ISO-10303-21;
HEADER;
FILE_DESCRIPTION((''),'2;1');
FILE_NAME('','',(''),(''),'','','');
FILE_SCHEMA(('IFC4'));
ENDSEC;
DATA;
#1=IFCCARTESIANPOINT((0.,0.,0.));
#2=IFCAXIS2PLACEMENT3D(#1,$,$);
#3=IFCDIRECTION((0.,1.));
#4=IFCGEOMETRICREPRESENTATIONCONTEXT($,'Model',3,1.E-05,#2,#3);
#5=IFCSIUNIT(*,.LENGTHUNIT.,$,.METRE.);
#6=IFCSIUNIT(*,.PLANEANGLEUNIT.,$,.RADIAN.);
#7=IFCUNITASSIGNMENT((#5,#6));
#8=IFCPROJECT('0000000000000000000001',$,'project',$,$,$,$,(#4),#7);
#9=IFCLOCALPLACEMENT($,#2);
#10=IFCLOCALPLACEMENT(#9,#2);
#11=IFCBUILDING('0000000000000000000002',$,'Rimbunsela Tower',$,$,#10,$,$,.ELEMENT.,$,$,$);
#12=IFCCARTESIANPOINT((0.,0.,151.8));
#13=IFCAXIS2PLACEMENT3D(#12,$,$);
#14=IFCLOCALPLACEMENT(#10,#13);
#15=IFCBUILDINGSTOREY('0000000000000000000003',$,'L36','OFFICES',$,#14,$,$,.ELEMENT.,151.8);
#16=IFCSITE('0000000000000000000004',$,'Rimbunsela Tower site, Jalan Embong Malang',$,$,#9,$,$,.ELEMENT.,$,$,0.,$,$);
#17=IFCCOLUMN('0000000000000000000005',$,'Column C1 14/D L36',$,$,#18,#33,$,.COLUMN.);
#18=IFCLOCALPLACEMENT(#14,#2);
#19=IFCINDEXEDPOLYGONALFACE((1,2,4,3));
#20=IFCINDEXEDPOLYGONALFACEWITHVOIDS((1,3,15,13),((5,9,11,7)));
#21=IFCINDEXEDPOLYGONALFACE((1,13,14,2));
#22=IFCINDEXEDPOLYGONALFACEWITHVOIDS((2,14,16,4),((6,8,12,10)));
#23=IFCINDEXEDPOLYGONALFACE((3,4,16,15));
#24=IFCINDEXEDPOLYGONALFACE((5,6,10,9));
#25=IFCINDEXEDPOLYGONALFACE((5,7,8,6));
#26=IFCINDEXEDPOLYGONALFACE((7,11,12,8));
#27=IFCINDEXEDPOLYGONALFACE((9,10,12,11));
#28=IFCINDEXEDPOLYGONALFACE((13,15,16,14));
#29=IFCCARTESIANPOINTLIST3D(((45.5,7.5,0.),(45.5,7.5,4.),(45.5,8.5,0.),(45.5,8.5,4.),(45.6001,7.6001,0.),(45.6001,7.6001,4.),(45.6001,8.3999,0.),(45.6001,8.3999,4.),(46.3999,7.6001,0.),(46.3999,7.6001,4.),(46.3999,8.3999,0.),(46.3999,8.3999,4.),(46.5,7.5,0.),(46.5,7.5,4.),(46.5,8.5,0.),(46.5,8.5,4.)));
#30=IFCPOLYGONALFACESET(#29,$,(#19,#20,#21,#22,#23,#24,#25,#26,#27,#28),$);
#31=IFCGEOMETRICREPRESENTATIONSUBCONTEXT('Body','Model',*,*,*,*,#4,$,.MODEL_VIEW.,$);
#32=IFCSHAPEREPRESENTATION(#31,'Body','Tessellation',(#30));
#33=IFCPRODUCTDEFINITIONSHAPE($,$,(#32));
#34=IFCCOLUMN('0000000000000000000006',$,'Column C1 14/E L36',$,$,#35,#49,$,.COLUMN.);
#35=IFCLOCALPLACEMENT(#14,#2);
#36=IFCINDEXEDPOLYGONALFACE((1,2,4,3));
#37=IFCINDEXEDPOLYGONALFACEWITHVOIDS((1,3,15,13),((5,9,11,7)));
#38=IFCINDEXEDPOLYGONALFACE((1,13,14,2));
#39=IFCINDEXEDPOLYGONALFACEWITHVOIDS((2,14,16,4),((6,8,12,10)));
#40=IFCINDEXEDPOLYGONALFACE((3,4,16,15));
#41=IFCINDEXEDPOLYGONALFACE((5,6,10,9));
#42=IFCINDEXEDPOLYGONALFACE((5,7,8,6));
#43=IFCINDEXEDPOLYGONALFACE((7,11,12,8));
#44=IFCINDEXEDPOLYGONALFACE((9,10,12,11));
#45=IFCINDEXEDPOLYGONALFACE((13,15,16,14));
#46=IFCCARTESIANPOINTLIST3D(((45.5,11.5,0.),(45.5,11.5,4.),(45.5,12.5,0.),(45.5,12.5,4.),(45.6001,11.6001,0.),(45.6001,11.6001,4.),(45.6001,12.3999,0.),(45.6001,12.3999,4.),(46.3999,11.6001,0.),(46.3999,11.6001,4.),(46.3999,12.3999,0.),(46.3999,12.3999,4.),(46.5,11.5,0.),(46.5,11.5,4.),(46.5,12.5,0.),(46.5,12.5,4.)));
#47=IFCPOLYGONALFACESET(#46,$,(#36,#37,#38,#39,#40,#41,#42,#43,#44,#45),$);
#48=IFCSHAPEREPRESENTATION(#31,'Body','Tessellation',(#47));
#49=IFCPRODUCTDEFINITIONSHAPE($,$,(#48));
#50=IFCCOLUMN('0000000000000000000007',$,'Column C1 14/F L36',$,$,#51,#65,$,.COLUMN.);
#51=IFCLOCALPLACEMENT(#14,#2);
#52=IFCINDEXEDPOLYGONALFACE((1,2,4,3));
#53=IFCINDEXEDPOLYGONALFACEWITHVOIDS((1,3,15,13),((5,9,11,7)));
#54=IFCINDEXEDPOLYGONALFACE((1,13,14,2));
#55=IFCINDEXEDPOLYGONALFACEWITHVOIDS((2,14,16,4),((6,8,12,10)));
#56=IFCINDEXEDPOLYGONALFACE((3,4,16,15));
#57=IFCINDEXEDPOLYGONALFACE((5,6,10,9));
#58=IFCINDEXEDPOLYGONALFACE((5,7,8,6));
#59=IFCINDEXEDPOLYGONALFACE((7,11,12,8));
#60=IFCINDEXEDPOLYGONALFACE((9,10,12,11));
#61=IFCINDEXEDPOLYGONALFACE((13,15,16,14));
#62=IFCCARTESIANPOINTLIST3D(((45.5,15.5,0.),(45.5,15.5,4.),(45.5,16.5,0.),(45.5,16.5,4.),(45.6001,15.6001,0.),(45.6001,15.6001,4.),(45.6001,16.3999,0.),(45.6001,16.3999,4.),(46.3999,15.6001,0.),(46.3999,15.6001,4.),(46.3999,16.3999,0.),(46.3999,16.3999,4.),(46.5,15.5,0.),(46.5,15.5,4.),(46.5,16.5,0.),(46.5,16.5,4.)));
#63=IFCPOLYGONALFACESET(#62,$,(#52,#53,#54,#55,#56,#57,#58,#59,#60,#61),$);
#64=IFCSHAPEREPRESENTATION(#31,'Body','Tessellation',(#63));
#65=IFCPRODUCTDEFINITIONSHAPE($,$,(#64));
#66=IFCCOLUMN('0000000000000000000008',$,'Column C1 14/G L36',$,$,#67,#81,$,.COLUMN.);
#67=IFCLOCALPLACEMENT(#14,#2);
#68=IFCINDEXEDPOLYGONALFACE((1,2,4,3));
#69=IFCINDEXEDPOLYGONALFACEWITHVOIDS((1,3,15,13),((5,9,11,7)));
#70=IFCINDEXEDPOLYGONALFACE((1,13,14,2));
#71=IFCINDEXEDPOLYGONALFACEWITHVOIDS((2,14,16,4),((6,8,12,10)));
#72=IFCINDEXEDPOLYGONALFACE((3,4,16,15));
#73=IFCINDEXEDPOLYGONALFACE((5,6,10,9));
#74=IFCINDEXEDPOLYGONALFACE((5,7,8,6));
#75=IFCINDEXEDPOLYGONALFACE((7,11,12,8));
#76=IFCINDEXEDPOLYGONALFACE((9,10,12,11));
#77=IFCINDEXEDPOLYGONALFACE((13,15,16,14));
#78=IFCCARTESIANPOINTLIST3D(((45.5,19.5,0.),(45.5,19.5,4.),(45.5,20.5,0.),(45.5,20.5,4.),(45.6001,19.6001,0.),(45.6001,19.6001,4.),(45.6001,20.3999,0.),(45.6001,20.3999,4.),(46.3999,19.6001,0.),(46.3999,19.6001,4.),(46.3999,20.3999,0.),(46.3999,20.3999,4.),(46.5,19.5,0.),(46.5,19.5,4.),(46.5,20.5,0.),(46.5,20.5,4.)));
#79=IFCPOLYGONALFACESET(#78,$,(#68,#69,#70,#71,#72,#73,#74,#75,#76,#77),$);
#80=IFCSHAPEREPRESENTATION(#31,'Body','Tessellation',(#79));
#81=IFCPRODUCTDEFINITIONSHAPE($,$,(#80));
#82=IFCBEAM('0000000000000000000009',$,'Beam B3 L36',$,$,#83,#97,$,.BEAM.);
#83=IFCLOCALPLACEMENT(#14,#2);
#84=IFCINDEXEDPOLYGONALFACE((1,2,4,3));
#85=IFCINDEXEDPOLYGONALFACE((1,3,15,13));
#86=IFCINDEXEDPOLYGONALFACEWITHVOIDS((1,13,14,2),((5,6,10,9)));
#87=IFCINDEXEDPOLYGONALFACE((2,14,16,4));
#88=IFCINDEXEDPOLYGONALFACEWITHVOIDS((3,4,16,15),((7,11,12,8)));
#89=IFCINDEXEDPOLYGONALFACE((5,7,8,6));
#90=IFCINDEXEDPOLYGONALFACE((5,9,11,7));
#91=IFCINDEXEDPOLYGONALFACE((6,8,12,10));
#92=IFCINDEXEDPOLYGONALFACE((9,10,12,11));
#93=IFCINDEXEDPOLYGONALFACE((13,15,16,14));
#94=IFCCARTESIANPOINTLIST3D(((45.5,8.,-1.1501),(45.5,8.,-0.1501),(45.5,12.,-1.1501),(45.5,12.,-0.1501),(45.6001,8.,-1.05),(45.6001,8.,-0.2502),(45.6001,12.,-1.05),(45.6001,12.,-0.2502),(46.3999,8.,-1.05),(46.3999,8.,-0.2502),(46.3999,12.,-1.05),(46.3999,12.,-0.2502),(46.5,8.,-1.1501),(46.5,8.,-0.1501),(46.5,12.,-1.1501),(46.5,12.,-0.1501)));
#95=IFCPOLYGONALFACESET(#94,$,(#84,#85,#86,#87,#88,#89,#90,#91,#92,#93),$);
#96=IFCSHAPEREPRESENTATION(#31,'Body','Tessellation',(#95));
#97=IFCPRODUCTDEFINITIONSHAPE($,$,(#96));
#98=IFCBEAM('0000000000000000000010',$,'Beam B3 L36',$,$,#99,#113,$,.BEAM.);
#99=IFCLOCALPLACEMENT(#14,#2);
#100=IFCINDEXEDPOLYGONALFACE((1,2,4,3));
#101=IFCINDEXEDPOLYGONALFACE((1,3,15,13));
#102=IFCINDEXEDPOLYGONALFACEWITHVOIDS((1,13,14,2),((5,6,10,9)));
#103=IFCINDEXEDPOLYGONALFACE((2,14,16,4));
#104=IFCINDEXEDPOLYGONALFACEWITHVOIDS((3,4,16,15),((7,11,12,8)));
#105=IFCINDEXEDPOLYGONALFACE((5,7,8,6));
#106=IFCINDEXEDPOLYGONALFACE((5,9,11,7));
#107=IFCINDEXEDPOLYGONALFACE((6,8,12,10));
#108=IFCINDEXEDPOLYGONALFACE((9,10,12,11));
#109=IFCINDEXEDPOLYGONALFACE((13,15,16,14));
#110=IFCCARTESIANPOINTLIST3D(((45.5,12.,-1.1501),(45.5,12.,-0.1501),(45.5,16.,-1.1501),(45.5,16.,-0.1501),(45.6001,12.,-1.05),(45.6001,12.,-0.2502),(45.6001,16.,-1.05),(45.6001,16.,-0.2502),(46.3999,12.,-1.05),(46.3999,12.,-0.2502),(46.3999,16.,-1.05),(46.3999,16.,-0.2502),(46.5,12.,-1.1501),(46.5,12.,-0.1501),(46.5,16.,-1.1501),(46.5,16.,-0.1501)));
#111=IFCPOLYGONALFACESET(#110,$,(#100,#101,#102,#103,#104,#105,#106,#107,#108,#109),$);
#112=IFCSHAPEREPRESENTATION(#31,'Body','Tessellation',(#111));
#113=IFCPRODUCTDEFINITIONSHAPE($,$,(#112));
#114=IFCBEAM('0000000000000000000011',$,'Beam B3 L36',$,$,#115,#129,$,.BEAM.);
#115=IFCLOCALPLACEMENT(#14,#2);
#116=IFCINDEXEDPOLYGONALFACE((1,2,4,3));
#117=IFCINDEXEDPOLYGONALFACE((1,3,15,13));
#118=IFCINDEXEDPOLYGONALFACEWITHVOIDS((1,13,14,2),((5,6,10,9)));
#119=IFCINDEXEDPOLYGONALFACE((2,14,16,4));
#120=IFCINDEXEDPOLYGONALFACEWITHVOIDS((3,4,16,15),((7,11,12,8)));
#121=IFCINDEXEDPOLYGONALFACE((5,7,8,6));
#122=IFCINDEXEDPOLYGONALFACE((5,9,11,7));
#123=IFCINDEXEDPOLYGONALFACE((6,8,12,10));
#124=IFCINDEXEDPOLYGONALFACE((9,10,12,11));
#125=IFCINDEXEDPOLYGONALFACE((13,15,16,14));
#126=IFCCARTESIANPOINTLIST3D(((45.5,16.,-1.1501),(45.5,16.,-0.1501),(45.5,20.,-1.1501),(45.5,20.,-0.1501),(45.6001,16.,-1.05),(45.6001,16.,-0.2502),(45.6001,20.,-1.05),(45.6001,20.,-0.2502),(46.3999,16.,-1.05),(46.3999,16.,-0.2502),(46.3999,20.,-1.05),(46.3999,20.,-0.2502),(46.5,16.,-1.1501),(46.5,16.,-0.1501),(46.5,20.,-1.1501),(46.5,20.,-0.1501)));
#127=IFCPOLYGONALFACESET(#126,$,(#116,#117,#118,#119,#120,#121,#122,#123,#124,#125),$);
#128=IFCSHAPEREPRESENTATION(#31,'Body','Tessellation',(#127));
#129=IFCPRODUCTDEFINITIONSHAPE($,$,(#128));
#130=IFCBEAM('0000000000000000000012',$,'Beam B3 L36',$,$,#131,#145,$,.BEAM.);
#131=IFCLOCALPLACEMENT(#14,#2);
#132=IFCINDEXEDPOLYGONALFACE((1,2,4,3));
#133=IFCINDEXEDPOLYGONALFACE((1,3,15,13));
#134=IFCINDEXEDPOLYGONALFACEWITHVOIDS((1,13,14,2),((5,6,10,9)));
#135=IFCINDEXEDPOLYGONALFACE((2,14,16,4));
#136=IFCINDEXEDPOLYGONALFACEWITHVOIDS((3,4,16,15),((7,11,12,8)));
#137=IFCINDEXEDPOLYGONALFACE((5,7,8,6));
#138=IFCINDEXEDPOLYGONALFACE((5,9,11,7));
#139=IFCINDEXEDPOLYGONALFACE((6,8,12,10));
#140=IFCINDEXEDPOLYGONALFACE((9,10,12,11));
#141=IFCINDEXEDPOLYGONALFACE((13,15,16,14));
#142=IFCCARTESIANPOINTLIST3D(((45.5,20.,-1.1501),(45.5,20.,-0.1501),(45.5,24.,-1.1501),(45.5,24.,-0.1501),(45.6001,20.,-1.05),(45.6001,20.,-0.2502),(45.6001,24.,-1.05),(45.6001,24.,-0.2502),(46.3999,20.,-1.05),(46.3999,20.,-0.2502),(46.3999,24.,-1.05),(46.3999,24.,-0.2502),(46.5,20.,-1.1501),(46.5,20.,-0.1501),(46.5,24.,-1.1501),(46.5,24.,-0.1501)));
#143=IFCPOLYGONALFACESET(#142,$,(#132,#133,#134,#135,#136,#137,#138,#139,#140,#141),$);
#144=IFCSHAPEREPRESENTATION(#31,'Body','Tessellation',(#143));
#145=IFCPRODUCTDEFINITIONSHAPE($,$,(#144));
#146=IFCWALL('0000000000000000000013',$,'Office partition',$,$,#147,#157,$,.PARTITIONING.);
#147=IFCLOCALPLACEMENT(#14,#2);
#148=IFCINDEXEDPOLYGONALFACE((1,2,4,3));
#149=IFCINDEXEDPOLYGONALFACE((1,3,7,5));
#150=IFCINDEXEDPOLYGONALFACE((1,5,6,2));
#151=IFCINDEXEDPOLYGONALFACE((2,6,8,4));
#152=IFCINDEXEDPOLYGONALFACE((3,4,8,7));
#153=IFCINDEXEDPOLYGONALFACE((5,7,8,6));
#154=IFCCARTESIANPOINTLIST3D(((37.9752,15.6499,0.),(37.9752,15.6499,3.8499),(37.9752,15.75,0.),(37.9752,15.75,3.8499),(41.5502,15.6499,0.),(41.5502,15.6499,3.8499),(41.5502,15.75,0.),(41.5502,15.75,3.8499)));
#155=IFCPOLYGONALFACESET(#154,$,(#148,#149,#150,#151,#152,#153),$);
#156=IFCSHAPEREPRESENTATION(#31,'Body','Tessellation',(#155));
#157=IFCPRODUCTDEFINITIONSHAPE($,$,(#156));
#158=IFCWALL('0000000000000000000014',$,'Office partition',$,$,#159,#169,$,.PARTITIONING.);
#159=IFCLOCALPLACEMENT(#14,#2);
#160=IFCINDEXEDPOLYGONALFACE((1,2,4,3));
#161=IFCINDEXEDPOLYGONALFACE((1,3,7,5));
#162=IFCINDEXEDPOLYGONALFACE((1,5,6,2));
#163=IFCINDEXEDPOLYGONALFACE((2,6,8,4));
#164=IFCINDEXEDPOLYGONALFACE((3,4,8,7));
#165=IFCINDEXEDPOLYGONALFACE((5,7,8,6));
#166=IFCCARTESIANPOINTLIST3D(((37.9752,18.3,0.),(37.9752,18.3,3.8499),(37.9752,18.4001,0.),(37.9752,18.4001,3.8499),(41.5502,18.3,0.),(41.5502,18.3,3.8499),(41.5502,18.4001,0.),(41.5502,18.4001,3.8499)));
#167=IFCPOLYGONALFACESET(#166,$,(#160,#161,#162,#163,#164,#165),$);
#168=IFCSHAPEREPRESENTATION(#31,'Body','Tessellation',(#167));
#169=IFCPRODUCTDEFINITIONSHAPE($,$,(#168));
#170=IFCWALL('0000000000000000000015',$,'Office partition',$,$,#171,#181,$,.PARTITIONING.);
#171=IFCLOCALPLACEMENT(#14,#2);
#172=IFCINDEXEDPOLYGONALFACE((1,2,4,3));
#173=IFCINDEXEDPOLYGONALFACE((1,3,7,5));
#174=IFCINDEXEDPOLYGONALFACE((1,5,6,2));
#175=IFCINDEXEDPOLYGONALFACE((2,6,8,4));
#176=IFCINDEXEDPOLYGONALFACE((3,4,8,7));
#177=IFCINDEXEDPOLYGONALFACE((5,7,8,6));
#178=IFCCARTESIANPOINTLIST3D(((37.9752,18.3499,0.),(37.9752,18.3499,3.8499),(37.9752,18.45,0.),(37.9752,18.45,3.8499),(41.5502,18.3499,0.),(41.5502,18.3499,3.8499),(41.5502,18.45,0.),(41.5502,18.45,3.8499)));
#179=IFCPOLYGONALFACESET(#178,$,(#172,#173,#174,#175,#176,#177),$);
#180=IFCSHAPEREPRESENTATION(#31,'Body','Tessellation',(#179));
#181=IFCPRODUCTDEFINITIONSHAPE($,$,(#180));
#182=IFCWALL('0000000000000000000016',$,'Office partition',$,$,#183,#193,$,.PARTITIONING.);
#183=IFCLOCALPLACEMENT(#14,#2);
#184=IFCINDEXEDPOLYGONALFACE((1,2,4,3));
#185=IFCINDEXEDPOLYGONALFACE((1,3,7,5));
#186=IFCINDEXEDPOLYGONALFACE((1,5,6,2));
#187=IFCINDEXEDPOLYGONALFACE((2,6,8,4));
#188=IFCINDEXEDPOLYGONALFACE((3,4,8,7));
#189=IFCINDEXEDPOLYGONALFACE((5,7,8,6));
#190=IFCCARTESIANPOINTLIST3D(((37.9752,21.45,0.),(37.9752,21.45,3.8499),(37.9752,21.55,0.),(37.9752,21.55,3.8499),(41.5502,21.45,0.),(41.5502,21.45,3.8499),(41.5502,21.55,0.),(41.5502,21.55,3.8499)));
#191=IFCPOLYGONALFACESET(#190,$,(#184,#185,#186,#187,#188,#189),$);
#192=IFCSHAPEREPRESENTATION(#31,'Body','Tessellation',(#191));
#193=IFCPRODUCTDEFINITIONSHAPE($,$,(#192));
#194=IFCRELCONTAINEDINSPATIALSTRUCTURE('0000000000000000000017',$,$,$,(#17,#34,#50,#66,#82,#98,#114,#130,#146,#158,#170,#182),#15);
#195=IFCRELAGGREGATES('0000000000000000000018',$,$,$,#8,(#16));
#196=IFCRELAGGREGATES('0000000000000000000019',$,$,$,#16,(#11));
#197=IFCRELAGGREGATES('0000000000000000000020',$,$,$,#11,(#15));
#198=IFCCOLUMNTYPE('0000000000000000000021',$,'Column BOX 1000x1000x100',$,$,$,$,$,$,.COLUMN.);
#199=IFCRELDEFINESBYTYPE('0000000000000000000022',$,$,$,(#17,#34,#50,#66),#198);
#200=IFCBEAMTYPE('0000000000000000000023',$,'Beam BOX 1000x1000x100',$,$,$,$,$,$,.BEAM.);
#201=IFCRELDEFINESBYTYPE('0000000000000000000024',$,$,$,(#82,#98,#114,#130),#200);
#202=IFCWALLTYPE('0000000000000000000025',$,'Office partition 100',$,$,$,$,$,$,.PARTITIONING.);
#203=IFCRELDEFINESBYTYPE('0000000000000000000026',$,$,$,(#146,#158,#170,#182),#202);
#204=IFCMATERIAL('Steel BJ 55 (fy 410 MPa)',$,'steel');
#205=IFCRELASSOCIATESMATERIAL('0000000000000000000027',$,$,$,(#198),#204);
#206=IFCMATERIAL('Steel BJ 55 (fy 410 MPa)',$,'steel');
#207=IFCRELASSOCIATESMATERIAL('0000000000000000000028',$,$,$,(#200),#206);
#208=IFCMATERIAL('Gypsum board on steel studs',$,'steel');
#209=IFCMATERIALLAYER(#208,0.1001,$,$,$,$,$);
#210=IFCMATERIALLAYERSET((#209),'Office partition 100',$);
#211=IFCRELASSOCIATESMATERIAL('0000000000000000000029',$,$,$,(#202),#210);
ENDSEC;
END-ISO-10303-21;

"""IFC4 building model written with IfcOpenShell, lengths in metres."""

from ifc_helpers import new_model, si_unit, direction, frame, frame_2d, origin, origin_2d, place, context, subcontext, project, spatial, rectangle, hollow_rectangle, extrude, material, layer, layer_set, material_profile, profile_set, type_object, element, save


model = new_model("IFC4")

# Units and contexts
model_context = context("Model", 3, precision=1e-05, world=origin(), true_north=direction((0.0, 1.0)))
body_context = subcontext(model_context, "Body", "Model", "MODEL_VIEW")
ifc_project = project(units=[si_unit("LENGTHUNIT", "METRE"), si_unit("PLANEANGLEUNIT", "RADIAN")], contexts=[model_context])

# Site, building, storey
site_placement = place(None, origin())
site = spatial("IfcSite", under=ifc_project, at=site_placement, Name="Rimbunsela Tower site, Jalan Embong Malang", CompositionType="ELEMENT", RefElevation=0.0)
building_placement = place(site_placement, origin())
building = spatial("IfcBuilding", under=site, at=building_placement, Name="Rimbunsela Tower", CompositionType="ELEMENT")
storey_placement = place(building_placement, frame((0.0, 0.0, 151.8)))
storey = spatial("IfcBuildingStorey", under=building, at=storey_placement, Name="L36", Description="OFFICES", CompositionType="ELEMENT", Elevation=151.8)

# Columns
ifc_material_1 = material(Name="Steel BJ 55 (fy 410 MPa)", Category="steel")
ifc_material_profile_1 = material_profile(ifc_material_1, hollow_rectangle(XDim=1.0, YDim=1.0, WallThickness=0.1001, at=origin_2d()), Name="BOX 1000x1000x100")
ifc_profile_set_1 = profile_set([ifc_material_profile_1], Name="Steel BJ 55 (fy 410 MPa)")
column_type = type_object("IfcColumnType", Name="Column BOX 1000x1000x100", PredefinedType="COLUMN", material=ifc_profile_set_1)
for number, where, z_axis, x_axis, name in (
    (1, (46.0, 8.0, 0.0), (0.0, 0.0, 1.0), (1.0, 0.0, 0.0), "Column C1 14/D L36"),
    (2, (46.0, 12.0, 0.0), (0.0, 0.0, 1.0), (1.0, 0.0, 0.0), "Column C1 14/E L36"),
    (3, (46.0, 16.0, 0.0), (0.0, 0.0, 1.0), (1.0, 0.0, 0.0), "Column C1 14/F L36"),
    (4, (46.0, 20.0, 0.0), (0.0, 0.0, 1.0), (1.0, 0.0, 0.0), "Column C1 14/G L36"),
):
    element("IfcColumn", number, at=place(storey_placement, frame(where, z_axis=z_axis, x_axis=x_axis)), inside=storey, type_object=column_type, Name=name, PredefinedType="COLUMN", context=body_context, shape_type="SweptSolid", body=[
        extrude(hollow_rectangle(XDim=1.0, YDim=1.0, WallThickness=0.1001, at=origin_2d()), origin(), (0.0, 0.0, 1.0), 4.0),
    ])

# Beams
ifc_material_2 = material(Name="Steel BJ 55 (fy 410 MPa)", Category="steel")
ifc_material_profile_2 = material_profile(ifc_material_2, hollow_rectangle(XDim=1.0, YDim=1.0, WallThickness=0.1001, at=origin_2d()), Name="BOX 1000x1000x100")
ifc_profile_set_2 = profile_set([ifc_material_profile_2], Name="Steel BJ 55 (fy 410 MPa)")
beam_type = type_object("IfcBeamType", Name="Beam BOX 1000x1000x100", PredefinedType="BEAM", material=ifc_profile_set_2)
for number, where, z_axis, x_axis, name in (
    (5, (46.0, 8.0, -0.6501), (0.0, 1.0, 0.0), (-1.0, 0.0, 0.0), "Beam B3 L36"),
    (6, (46.0, 12.0, -0.6501), (0.0, 1.0, 0.0), (-1.0, 0.0, 0.0), "Beam B3 L36"),
    (7, (46.0, 16.0, -0.6501), (0.0, 1.0, 0.0), (-1.0, 0.0, 0.0), "Beam B3 L36"),
    (8, (46.0, 20.0, -0.6501), (0.0, 1.0, 0.0), (-1.0, 0.0, 0.0), "Beam B3 L36"),
):
    element("IfcBeam", number, at=place(storey_placement, frame(where, z_axis=z_axis, x_axis=x_axis)), inside=storey, type_object=beam_type, Name=name, PredefinedType="BEAM", context=body_context, shape_type="SweptSolid", body=[
        extrude(hollow_rectangle(XDim=1.0, YDim=1.0, WallThickness=0.1001, at=origin_2d()), origin(), (0.0, 0.0, 1.0), 4.0),
    ])

# Walls
ifc_material_3 = material(Name="Gypsum board on steel studs", Category="steel")
ifc_layer_1 = layer(ifc_material_3, 0.1001)
ifc_layer_set_1 = layer_set([ifc_layer_1], Name="Office partition 100")
wall_type_1 = type_object("IfcWallType", Name="Office partition 100", PredefinedType="PARTITIONING", material=ifc_layer_set_1)
for number, where, z_axis, x_axis, name in (
    (9, (37.9751, 15.7, 0.0), (0.0, 0.0, 1.0), (1.0, 0.0, 0.0), "Office partition"),
    (10, (37.9751, 18.3501, 0.0), (0.0, 0.0, 1.0), (1.0, 0.0, 0.0), "Office partition"),
    (11, (37.9751, 18.3999, 0.0), (0.0, 0.0, 1.0), (1.0, 0.0, 0.0), "Office partition"),
    (12, (37.9751, 21.5, 0.0), (0.0, 0.0, 1.0), (1.0, 0.0, 0.0), "Office partition"),
):
    element("IfcWall", number, at=place(storey_placement, frame(where, z_axis=z_axis, x_axis=x_axis)), inside=storey, type_object=wall_type_1, Name=name, PredefinedType="PARTITIONING", context=body_context, shape_type="SweptSolid", body=[
        extrude(rectangle(XDim=3.575, YDim=0.1001, at=frame_2d((1.7876, 0.0))), origin(), (0.0, 0.0, 1.0), 3.8499),
    ])

save(model, "model.ifc")
